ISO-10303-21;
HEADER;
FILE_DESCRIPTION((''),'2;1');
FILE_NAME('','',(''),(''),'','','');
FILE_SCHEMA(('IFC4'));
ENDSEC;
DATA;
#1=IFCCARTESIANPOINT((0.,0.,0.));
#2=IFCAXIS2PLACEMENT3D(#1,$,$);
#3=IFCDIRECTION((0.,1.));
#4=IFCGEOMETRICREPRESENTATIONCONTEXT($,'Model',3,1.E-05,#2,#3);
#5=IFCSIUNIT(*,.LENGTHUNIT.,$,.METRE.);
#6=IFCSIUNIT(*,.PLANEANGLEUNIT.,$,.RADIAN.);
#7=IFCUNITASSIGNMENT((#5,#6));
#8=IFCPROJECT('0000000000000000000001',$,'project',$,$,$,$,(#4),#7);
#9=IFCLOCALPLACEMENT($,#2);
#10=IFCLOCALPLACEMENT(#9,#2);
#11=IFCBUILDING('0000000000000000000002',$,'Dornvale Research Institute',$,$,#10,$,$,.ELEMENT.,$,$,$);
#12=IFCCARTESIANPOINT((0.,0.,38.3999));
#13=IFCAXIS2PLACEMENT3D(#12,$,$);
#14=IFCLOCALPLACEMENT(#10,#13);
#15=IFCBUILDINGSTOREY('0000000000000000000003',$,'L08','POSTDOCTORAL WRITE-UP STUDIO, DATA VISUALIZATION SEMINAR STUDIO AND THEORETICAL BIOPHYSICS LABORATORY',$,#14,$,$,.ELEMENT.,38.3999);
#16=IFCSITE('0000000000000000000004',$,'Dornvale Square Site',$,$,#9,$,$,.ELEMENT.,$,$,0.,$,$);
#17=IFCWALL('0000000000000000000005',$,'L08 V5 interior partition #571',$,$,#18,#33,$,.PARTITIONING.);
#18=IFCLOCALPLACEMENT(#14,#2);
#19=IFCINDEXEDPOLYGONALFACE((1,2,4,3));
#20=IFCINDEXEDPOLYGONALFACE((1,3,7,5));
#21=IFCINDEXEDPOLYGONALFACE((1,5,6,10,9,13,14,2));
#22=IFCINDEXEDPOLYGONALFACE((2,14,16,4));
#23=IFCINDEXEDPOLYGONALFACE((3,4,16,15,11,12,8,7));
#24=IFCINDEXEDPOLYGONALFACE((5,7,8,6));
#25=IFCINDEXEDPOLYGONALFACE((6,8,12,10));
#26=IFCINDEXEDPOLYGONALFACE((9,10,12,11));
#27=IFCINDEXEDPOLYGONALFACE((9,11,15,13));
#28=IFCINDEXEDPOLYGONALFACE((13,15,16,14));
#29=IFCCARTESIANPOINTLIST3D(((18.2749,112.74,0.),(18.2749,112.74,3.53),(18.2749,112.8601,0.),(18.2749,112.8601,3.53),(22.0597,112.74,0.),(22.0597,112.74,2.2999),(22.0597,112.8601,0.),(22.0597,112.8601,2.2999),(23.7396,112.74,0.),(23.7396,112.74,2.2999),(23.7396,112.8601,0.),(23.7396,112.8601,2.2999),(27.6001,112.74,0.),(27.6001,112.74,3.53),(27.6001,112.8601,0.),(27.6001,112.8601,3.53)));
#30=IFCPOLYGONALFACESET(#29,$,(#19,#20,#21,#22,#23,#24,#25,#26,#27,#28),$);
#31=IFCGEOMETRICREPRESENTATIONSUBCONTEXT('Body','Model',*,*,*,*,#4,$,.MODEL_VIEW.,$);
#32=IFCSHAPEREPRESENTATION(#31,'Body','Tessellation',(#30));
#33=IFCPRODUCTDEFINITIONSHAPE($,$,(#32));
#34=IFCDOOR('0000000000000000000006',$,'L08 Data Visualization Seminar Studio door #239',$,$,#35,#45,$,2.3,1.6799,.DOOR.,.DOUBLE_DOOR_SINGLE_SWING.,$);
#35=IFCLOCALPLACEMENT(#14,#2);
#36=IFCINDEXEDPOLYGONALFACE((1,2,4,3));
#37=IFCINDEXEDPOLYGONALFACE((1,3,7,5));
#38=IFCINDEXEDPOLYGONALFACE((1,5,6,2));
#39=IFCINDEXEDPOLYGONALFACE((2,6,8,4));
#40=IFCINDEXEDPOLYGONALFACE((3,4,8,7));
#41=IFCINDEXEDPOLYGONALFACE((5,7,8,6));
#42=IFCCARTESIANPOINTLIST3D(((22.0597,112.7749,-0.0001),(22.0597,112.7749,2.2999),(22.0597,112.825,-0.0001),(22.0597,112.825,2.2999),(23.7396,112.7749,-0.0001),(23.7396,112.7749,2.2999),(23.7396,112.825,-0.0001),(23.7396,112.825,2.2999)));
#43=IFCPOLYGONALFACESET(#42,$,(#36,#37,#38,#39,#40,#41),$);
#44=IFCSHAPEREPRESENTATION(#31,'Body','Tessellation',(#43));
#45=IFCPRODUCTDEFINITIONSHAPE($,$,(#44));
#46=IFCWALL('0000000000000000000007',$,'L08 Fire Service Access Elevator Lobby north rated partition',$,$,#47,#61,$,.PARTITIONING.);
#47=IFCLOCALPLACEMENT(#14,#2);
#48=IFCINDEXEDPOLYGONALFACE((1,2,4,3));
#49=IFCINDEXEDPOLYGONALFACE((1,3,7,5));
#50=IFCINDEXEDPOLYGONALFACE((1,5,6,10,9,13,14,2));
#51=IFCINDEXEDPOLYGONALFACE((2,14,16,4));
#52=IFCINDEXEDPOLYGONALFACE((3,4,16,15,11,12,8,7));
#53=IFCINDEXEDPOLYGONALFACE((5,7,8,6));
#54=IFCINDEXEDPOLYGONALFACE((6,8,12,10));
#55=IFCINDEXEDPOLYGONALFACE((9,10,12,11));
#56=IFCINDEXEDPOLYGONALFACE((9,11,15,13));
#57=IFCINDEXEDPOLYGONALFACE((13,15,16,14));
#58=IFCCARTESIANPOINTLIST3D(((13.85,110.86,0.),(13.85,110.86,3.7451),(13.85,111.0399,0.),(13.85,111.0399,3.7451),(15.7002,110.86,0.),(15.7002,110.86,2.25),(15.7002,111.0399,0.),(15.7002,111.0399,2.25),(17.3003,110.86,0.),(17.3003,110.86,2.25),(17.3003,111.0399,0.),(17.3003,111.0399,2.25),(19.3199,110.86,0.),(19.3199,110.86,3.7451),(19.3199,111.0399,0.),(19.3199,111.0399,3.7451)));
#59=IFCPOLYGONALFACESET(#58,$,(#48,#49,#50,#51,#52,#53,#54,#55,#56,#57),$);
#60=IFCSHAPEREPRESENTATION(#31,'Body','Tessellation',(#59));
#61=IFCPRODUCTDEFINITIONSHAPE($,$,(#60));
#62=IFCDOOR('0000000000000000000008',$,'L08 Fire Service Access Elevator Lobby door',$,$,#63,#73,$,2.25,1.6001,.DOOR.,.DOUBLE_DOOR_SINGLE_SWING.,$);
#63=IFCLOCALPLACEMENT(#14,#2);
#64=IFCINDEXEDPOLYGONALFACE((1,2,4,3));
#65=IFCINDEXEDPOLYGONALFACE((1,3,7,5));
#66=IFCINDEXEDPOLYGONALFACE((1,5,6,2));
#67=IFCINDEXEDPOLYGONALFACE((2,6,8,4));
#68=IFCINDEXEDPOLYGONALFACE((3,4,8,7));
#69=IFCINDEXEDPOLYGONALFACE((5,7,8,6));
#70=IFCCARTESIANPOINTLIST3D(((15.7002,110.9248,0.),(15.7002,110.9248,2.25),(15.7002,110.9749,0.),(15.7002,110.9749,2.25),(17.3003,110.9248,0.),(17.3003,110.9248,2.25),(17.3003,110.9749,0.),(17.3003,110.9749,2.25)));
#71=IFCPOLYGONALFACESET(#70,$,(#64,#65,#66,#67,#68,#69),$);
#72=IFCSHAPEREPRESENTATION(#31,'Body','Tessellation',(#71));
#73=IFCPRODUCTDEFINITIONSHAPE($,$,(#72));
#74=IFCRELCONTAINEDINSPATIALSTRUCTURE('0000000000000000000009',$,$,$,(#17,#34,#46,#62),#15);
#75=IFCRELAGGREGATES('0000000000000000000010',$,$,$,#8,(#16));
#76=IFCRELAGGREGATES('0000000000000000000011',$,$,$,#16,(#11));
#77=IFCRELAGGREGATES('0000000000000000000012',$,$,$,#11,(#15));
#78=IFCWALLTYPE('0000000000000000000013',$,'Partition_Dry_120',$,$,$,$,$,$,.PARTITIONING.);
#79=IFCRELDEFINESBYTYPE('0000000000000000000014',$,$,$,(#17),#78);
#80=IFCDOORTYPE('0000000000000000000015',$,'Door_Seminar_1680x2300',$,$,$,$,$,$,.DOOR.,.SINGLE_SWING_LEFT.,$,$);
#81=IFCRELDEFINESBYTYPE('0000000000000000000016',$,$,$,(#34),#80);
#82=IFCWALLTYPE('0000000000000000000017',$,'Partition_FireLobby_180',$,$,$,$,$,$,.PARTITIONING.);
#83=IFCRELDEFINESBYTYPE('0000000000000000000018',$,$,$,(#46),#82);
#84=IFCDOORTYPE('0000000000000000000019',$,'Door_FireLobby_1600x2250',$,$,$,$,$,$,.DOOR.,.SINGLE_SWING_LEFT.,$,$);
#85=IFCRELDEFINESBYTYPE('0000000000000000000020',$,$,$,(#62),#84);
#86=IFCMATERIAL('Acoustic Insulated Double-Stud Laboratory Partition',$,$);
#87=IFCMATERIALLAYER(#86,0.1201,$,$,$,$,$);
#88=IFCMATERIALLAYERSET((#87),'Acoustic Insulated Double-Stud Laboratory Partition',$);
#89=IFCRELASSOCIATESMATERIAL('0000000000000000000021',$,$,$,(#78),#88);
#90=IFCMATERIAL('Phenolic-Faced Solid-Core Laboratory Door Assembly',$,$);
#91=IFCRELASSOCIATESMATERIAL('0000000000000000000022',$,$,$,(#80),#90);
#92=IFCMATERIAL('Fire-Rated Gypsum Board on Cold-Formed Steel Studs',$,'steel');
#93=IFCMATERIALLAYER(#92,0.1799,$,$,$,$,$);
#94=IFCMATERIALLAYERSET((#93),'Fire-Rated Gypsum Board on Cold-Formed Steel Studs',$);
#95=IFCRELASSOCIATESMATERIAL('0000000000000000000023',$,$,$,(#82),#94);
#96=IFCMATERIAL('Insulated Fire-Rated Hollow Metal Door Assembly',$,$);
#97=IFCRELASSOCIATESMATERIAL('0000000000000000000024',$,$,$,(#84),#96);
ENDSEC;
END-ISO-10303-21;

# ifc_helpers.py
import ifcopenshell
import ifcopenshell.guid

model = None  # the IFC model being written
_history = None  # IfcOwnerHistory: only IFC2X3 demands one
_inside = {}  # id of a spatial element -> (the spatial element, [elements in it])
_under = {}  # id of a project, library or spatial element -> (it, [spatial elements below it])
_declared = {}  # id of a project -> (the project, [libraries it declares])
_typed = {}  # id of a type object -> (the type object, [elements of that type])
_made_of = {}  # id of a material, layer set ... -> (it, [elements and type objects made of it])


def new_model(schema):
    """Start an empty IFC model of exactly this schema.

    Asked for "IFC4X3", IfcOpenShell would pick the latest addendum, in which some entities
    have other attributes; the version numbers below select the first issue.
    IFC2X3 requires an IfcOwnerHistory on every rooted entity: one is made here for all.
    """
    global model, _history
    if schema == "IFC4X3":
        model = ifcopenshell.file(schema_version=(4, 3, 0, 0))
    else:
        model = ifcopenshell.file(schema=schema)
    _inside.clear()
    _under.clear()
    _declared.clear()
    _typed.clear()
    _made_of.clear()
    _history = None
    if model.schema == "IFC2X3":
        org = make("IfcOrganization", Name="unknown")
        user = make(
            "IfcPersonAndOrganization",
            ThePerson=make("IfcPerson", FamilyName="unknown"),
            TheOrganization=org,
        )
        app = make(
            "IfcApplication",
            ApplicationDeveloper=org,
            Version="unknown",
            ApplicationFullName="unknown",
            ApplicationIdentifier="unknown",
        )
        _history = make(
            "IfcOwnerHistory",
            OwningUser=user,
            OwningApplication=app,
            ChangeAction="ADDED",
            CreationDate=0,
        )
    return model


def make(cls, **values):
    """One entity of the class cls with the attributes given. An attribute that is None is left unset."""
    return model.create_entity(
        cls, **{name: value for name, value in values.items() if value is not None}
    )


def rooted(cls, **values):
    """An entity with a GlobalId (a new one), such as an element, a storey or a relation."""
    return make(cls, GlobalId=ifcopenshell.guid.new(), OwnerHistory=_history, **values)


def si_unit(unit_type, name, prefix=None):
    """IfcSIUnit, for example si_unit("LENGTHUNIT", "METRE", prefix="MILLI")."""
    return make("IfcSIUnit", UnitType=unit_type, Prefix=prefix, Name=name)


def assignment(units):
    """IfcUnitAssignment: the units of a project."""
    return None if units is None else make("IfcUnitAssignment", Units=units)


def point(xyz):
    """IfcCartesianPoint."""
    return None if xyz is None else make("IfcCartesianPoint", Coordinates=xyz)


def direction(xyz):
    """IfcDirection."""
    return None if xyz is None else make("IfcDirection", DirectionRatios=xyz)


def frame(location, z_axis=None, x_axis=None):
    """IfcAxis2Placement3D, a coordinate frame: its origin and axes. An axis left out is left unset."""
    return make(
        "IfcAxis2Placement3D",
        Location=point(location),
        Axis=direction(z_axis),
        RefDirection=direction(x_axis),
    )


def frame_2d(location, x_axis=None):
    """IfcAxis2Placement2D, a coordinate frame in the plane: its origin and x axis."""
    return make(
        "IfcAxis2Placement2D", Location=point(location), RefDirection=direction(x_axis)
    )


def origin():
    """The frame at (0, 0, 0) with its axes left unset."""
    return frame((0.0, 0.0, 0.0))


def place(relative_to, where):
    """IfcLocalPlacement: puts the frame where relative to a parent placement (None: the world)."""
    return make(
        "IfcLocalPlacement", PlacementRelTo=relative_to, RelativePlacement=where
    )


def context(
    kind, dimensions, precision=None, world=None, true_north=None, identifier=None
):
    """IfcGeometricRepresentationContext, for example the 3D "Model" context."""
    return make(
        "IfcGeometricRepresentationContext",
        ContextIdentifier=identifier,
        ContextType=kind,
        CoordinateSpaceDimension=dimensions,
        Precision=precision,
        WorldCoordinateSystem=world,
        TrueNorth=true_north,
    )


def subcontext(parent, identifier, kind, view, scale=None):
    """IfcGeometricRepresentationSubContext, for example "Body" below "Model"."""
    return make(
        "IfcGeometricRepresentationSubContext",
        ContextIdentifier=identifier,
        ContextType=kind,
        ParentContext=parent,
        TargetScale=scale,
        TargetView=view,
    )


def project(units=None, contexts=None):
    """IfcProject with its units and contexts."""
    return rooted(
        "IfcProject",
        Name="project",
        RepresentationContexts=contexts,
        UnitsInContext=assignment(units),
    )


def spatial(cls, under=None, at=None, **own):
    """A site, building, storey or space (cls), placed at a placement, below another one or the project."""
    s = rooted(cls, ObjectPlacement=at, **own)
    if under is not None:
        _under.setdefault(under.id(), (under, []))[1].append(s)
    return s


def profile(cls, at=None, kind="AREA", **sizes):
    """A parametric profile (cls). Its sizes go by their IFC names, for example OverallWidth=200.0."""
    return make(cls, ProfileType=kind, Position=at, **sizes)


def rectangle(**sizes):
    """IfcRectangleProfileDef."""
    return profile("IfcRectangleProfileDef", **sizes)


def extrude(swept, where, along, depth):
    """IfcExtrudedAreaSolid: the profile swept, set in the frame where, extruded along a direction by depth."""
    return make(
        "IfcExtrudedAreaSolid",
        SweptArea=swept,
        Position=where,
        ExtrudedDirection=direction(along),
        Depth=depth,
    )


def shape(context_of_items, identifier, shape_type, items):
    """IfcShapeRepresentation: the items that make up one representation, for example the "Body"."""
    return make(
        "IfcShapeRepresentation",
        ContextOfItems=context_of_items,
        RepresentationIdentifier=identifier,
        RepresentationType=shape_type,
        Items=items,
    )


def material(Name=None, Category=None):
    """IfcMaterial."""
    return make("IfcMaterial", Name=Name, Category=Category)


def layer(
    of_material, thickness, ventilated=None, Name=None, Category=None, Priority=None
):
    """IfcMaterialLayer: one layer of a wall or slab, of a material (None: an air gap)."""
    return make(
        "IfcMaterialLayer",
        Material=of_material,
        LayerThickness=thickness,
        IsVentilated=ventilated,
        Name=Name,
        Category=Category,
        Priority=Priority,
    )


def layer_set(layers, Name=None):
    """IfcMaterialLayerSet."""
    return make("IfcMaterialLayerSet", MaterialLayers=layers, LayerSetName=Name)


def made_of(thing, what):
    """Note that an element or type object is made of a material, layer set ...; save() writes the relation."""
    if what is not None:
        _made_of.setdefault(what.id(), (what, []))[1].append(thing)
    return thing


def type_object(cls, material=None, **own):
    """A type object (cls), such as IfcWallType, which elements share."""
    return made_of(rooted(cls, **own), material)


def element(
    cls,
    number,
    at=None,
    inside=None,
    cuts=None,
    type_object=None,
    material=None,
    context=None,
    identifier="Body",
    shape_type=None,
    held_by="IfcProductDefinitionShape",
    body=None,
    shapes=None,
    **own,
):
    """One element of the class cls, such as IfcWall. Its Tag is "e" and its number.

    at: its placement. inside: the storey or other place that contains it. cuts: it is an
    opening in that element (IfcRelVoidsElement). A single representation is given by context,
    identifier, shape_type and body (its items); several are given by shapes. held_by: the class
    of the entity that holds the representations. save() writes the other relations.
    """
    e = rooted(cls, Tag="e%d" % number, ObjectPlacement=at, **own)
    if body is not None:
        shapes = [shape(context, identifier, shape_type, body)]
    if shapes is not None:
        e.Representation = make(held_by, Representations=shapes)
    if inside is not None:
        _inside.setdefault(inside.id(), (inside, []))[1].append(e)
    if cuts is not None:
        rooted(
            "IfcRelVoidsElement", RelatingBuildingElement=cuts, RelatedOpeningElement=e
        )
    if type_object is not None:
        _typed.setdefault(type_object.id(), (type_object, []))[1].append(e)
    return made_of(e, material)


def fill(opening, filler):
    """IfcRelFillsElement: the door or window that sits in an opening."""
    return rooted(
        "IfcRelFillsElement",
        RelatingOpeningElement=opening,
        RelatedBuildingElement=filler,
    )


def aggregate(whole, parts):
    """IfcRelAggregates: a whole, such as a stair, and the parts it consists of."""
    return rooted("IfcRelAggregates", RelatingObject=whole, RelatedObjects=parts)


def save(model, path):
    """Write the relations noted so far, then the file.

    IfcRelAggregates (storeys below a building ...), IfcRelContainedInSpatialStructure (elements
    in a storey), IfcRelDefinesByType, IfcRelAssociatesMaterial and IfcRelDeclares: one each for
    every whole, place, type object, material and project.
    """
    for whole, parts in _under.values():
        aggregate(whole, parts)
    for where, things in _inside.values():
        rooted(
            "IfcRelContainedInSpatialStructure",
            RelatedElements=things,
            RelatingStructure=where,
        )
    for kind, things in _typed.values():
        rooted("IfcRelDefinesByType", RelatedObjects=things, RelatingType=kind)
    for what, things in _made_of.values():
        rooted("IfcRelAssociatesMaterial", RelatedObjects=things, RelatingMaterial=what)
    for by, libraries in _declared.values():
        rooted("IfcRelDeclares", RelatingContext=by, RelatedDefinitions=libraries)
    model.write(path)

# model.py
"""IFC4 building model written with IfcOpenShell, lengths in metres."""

from ifc_helpers import new_model, si_unit, direction, frame, frame_2d, origin, place, context, subcontext, project, spatial, rectangle, extrude, material, layer, layer_set, type_object, element, fill, save


model = new_model("IFC4")

# Units and contexts
model_context = context("Model", 3, precision=1e-05, world=origin(), true_north=direction((0.0, 1.0)))
body_context = subcontext(model_context, "Body", "Model", "MODEL_VIEW")
ifc_project = project(units=[si_unit("LENGTHUNIT", "METRE"), si_unit("PLANEANGLEUNIT", "RADIAN")], contexts=[model_context])

# Site, building, storey
site_placement = place(None, origin())
site = spatial("IfcSite", under=ifc_project, at=site_placement, Name="Dornvale Square Site", CompositionType="ELEMENT", RefElevation=0.0)
building_placement = place(site_placement, origin())
building = spatial("IfcBuilding", under=site, at=building_placement, Name="Dornvale Research Institute", CompositionType="ELEMENT")
storey_placement = place(building_placement, frame((0.0, 0.0, 38.3999)))
storey = spatial("IfcBuildingStorey", under=building, at=storey_placement, Name="L08", Description="POSTDOCTORAL WRITE-UP STUDIO, DATA VISUALIZATION SEMINAR STUDIO AND THEORETICAL BIOPHYSICS LABORATORY", CompositionType="ELEMENT", Elevation=38.3999)

# Shared definitions
ifc_material_1 = material(Name="Acoustic Insulated Double-Stud Laboratory Partition")
ifc_layer_1 = layer(ifc_material_1, 0.1201)
ifc_layer_set_1 = layer_set([ifc_layer_1], Name="Acoustic Insulated Double-Stud Laboratory Partition")
wall_type_1 = type_object("IfcWallType", Name="Partition_Dry_120", PredefinedType="PARTITIONING", material=ifc_layer_set_1)

# Walls, openings, doors
wall_1_placement = place(storey_placement, frame((18.2749, 112.8, 0.0), z_axis=(0.0, 0.0, 1.0), x_axis=(1.0, 0.0, 0.0)))
wall_1 = element("IfcWall", 1, at=wall_1_placement, inside=storey, type_object=wall_type_1, Name="L08 V5 interior partition #571", PredefinedType="PARTITIONING", context=body_context, shape_type="SweptSolid", body=[
    extrude(rectangle(XDim=9.3252, YDim=0.1201, at=frame_2d((4.6626, 0.0))), origin(), (0.0, 0.0, 1.0), 3.53),
])
opening_1_placement = place(wall_1_placement, frame((3.7849, 0.0, 0.0)))
opening_1 = element("IfcOpeningElement", 2, at=opening_1_placement, cuts=wall_1, PredefinedType="OPENING", context=body_context, shape_type="SweptSolid", body=[
    extrude(rectangle(XDim=1.6799, YDim=2.3, at=frame_2d((0.8398, 1.1499))), frame((0.0, 0.075, 0.0), z_axis=(0.0, -1.0, 0.0), x_axis=(1.0, 0.0, 0.0)), (0.0, 0.0, 1.0), 0.1501),
])
ifc_material_2 = material(Name="Phenolic-Faced Solid-Core Laboratory Door Assembly")
door_type_1 = type_object("IfcDoorType", Name="Door_Seminar_1680x2300", OperationType="SINGLE_SWING_LEFT", PredefinedType="DOOR", material=ifc_material_2)
door_1_placement = place(opening_1_placement, origin())
door_1 = element("IfcDoor", 3, at=door_1_placement, inside=storey, type_object=door_type_1, Name="L08 Data Visualization Seminar Studio door #239", OperationType="DOUBLE_DOOR_SINGLE_SWING", OverallHeight=2.3, OverallWidth=1.6799, PredefinedType="DOOR", context=body_context, shape_type="SweptSolid", body=[
    extrude(rectangle(XDim=1.6799, YDim=2.3, at=frame_2d((0.8398, 1.1499))), frame((0.0, 0.0249, 0.0), z_axis=(0.0, -1.0, 0.0), x_axis=(1.0, 0.0, 0.0)), (0.0, 0.0, 1.0), 0.05),
])
fill(opening_1, door_1)
ifc_material_3 = material(Name="Fire-Rated Gypsum Board on Cold-Formed Steel Studs", Category="steel")
ifc_layer_2 = layer(ifc_material_3, 0.1799)
ifc_layer_set_2 = layer_set([ifc_layer_2], Name="Fire-Rated Gypsum Board on Cold-Formed Steel Studs")
wall_type_2 = type_object("IfcWallType", Name="Partition_FireLobby_180", PredefinedType="PARTITIONING", material=ifc_layer_set_2)
wall_2_placement = place(storey_placement, frame((13.8501, 110.95, 0.0), z_axis=(0.0, 0.0, 1.0), x_axis=(1.0, 0.0, 0.0)))
wall_2 = element("IfcWall", 4, at=wall_2_placement, inside=storey, type_object=wall_type_2, Name="L08 Fire Service Access Elevator Lobby north rated partition", PredefinedType="PARTITIONING", context=body_context, shape_type="SweptSolid", body=[
    extrude(rectangle(XDim=5.47, YDim=0.1799, at=frame_2d((2.7349, 0.0))), origin(), (0.0, 0.0, 1.0), 3.7451),
])
opening_2_placement = place(wall_2_placement, frame((1.8501, 0.0, 0.0)))
opening_2 = element("IfcOpeningElement", 5, at=opening_2_placement, cuts=wall_2, PredefinedType="OPENING", context=body_context, shape_type="SweptSolid", body=[
    extrude(rectangle(XDim=1.6001, YDim=2.25, at=frame_2d((0.8, 1.125))), frame((0.0, 0.105, 0.0), z_axis=(0.0, -1.0, 0.0), x_axis=(1.0, 0.0, 0.0)), (0.0, 0.0, 1.0), 0.21),
])
ifc_material_4 = material(Name="Insulated Fire-Rated Hollow Metal Door Assembly")
door_type_2 = type_object("IfcDoorType", Name="Door_FireLobby_1600x2250", OperationType="SINGLE_SWING_LEFT", PredefinedType="DOOR", material=ifc_material_4)
door_2_placement = place(opening_2_placement, origin())
door_2 = element("IfcDoor", 6, at=door_2_placement, inside=storey, type_object=door_type_2, Name="L08 Fire Service Access Elevator Lobby door", OperationType="DOUBLE_DOOR_SINGLE_SWING", OverallHeight=2.25, OverallWidth=1.6001, PredefinedType="DOOR", context=body_context, shape_type="SweptSolid", body=[
    extrude(rectangle(XDim=1.6001, YDim=2.25, at=frame_2d((0.8, 1.125))), frame((0.0, 0.0249, 0.0), z_axis=(0.0, -1.0, 0.0), x_axis=(1.0, 0.0, 0.0)), (0.0, 0.0, 1.0), 0.05),
])
fill(opening_2, door_2)

save(model, "model.ifc")
